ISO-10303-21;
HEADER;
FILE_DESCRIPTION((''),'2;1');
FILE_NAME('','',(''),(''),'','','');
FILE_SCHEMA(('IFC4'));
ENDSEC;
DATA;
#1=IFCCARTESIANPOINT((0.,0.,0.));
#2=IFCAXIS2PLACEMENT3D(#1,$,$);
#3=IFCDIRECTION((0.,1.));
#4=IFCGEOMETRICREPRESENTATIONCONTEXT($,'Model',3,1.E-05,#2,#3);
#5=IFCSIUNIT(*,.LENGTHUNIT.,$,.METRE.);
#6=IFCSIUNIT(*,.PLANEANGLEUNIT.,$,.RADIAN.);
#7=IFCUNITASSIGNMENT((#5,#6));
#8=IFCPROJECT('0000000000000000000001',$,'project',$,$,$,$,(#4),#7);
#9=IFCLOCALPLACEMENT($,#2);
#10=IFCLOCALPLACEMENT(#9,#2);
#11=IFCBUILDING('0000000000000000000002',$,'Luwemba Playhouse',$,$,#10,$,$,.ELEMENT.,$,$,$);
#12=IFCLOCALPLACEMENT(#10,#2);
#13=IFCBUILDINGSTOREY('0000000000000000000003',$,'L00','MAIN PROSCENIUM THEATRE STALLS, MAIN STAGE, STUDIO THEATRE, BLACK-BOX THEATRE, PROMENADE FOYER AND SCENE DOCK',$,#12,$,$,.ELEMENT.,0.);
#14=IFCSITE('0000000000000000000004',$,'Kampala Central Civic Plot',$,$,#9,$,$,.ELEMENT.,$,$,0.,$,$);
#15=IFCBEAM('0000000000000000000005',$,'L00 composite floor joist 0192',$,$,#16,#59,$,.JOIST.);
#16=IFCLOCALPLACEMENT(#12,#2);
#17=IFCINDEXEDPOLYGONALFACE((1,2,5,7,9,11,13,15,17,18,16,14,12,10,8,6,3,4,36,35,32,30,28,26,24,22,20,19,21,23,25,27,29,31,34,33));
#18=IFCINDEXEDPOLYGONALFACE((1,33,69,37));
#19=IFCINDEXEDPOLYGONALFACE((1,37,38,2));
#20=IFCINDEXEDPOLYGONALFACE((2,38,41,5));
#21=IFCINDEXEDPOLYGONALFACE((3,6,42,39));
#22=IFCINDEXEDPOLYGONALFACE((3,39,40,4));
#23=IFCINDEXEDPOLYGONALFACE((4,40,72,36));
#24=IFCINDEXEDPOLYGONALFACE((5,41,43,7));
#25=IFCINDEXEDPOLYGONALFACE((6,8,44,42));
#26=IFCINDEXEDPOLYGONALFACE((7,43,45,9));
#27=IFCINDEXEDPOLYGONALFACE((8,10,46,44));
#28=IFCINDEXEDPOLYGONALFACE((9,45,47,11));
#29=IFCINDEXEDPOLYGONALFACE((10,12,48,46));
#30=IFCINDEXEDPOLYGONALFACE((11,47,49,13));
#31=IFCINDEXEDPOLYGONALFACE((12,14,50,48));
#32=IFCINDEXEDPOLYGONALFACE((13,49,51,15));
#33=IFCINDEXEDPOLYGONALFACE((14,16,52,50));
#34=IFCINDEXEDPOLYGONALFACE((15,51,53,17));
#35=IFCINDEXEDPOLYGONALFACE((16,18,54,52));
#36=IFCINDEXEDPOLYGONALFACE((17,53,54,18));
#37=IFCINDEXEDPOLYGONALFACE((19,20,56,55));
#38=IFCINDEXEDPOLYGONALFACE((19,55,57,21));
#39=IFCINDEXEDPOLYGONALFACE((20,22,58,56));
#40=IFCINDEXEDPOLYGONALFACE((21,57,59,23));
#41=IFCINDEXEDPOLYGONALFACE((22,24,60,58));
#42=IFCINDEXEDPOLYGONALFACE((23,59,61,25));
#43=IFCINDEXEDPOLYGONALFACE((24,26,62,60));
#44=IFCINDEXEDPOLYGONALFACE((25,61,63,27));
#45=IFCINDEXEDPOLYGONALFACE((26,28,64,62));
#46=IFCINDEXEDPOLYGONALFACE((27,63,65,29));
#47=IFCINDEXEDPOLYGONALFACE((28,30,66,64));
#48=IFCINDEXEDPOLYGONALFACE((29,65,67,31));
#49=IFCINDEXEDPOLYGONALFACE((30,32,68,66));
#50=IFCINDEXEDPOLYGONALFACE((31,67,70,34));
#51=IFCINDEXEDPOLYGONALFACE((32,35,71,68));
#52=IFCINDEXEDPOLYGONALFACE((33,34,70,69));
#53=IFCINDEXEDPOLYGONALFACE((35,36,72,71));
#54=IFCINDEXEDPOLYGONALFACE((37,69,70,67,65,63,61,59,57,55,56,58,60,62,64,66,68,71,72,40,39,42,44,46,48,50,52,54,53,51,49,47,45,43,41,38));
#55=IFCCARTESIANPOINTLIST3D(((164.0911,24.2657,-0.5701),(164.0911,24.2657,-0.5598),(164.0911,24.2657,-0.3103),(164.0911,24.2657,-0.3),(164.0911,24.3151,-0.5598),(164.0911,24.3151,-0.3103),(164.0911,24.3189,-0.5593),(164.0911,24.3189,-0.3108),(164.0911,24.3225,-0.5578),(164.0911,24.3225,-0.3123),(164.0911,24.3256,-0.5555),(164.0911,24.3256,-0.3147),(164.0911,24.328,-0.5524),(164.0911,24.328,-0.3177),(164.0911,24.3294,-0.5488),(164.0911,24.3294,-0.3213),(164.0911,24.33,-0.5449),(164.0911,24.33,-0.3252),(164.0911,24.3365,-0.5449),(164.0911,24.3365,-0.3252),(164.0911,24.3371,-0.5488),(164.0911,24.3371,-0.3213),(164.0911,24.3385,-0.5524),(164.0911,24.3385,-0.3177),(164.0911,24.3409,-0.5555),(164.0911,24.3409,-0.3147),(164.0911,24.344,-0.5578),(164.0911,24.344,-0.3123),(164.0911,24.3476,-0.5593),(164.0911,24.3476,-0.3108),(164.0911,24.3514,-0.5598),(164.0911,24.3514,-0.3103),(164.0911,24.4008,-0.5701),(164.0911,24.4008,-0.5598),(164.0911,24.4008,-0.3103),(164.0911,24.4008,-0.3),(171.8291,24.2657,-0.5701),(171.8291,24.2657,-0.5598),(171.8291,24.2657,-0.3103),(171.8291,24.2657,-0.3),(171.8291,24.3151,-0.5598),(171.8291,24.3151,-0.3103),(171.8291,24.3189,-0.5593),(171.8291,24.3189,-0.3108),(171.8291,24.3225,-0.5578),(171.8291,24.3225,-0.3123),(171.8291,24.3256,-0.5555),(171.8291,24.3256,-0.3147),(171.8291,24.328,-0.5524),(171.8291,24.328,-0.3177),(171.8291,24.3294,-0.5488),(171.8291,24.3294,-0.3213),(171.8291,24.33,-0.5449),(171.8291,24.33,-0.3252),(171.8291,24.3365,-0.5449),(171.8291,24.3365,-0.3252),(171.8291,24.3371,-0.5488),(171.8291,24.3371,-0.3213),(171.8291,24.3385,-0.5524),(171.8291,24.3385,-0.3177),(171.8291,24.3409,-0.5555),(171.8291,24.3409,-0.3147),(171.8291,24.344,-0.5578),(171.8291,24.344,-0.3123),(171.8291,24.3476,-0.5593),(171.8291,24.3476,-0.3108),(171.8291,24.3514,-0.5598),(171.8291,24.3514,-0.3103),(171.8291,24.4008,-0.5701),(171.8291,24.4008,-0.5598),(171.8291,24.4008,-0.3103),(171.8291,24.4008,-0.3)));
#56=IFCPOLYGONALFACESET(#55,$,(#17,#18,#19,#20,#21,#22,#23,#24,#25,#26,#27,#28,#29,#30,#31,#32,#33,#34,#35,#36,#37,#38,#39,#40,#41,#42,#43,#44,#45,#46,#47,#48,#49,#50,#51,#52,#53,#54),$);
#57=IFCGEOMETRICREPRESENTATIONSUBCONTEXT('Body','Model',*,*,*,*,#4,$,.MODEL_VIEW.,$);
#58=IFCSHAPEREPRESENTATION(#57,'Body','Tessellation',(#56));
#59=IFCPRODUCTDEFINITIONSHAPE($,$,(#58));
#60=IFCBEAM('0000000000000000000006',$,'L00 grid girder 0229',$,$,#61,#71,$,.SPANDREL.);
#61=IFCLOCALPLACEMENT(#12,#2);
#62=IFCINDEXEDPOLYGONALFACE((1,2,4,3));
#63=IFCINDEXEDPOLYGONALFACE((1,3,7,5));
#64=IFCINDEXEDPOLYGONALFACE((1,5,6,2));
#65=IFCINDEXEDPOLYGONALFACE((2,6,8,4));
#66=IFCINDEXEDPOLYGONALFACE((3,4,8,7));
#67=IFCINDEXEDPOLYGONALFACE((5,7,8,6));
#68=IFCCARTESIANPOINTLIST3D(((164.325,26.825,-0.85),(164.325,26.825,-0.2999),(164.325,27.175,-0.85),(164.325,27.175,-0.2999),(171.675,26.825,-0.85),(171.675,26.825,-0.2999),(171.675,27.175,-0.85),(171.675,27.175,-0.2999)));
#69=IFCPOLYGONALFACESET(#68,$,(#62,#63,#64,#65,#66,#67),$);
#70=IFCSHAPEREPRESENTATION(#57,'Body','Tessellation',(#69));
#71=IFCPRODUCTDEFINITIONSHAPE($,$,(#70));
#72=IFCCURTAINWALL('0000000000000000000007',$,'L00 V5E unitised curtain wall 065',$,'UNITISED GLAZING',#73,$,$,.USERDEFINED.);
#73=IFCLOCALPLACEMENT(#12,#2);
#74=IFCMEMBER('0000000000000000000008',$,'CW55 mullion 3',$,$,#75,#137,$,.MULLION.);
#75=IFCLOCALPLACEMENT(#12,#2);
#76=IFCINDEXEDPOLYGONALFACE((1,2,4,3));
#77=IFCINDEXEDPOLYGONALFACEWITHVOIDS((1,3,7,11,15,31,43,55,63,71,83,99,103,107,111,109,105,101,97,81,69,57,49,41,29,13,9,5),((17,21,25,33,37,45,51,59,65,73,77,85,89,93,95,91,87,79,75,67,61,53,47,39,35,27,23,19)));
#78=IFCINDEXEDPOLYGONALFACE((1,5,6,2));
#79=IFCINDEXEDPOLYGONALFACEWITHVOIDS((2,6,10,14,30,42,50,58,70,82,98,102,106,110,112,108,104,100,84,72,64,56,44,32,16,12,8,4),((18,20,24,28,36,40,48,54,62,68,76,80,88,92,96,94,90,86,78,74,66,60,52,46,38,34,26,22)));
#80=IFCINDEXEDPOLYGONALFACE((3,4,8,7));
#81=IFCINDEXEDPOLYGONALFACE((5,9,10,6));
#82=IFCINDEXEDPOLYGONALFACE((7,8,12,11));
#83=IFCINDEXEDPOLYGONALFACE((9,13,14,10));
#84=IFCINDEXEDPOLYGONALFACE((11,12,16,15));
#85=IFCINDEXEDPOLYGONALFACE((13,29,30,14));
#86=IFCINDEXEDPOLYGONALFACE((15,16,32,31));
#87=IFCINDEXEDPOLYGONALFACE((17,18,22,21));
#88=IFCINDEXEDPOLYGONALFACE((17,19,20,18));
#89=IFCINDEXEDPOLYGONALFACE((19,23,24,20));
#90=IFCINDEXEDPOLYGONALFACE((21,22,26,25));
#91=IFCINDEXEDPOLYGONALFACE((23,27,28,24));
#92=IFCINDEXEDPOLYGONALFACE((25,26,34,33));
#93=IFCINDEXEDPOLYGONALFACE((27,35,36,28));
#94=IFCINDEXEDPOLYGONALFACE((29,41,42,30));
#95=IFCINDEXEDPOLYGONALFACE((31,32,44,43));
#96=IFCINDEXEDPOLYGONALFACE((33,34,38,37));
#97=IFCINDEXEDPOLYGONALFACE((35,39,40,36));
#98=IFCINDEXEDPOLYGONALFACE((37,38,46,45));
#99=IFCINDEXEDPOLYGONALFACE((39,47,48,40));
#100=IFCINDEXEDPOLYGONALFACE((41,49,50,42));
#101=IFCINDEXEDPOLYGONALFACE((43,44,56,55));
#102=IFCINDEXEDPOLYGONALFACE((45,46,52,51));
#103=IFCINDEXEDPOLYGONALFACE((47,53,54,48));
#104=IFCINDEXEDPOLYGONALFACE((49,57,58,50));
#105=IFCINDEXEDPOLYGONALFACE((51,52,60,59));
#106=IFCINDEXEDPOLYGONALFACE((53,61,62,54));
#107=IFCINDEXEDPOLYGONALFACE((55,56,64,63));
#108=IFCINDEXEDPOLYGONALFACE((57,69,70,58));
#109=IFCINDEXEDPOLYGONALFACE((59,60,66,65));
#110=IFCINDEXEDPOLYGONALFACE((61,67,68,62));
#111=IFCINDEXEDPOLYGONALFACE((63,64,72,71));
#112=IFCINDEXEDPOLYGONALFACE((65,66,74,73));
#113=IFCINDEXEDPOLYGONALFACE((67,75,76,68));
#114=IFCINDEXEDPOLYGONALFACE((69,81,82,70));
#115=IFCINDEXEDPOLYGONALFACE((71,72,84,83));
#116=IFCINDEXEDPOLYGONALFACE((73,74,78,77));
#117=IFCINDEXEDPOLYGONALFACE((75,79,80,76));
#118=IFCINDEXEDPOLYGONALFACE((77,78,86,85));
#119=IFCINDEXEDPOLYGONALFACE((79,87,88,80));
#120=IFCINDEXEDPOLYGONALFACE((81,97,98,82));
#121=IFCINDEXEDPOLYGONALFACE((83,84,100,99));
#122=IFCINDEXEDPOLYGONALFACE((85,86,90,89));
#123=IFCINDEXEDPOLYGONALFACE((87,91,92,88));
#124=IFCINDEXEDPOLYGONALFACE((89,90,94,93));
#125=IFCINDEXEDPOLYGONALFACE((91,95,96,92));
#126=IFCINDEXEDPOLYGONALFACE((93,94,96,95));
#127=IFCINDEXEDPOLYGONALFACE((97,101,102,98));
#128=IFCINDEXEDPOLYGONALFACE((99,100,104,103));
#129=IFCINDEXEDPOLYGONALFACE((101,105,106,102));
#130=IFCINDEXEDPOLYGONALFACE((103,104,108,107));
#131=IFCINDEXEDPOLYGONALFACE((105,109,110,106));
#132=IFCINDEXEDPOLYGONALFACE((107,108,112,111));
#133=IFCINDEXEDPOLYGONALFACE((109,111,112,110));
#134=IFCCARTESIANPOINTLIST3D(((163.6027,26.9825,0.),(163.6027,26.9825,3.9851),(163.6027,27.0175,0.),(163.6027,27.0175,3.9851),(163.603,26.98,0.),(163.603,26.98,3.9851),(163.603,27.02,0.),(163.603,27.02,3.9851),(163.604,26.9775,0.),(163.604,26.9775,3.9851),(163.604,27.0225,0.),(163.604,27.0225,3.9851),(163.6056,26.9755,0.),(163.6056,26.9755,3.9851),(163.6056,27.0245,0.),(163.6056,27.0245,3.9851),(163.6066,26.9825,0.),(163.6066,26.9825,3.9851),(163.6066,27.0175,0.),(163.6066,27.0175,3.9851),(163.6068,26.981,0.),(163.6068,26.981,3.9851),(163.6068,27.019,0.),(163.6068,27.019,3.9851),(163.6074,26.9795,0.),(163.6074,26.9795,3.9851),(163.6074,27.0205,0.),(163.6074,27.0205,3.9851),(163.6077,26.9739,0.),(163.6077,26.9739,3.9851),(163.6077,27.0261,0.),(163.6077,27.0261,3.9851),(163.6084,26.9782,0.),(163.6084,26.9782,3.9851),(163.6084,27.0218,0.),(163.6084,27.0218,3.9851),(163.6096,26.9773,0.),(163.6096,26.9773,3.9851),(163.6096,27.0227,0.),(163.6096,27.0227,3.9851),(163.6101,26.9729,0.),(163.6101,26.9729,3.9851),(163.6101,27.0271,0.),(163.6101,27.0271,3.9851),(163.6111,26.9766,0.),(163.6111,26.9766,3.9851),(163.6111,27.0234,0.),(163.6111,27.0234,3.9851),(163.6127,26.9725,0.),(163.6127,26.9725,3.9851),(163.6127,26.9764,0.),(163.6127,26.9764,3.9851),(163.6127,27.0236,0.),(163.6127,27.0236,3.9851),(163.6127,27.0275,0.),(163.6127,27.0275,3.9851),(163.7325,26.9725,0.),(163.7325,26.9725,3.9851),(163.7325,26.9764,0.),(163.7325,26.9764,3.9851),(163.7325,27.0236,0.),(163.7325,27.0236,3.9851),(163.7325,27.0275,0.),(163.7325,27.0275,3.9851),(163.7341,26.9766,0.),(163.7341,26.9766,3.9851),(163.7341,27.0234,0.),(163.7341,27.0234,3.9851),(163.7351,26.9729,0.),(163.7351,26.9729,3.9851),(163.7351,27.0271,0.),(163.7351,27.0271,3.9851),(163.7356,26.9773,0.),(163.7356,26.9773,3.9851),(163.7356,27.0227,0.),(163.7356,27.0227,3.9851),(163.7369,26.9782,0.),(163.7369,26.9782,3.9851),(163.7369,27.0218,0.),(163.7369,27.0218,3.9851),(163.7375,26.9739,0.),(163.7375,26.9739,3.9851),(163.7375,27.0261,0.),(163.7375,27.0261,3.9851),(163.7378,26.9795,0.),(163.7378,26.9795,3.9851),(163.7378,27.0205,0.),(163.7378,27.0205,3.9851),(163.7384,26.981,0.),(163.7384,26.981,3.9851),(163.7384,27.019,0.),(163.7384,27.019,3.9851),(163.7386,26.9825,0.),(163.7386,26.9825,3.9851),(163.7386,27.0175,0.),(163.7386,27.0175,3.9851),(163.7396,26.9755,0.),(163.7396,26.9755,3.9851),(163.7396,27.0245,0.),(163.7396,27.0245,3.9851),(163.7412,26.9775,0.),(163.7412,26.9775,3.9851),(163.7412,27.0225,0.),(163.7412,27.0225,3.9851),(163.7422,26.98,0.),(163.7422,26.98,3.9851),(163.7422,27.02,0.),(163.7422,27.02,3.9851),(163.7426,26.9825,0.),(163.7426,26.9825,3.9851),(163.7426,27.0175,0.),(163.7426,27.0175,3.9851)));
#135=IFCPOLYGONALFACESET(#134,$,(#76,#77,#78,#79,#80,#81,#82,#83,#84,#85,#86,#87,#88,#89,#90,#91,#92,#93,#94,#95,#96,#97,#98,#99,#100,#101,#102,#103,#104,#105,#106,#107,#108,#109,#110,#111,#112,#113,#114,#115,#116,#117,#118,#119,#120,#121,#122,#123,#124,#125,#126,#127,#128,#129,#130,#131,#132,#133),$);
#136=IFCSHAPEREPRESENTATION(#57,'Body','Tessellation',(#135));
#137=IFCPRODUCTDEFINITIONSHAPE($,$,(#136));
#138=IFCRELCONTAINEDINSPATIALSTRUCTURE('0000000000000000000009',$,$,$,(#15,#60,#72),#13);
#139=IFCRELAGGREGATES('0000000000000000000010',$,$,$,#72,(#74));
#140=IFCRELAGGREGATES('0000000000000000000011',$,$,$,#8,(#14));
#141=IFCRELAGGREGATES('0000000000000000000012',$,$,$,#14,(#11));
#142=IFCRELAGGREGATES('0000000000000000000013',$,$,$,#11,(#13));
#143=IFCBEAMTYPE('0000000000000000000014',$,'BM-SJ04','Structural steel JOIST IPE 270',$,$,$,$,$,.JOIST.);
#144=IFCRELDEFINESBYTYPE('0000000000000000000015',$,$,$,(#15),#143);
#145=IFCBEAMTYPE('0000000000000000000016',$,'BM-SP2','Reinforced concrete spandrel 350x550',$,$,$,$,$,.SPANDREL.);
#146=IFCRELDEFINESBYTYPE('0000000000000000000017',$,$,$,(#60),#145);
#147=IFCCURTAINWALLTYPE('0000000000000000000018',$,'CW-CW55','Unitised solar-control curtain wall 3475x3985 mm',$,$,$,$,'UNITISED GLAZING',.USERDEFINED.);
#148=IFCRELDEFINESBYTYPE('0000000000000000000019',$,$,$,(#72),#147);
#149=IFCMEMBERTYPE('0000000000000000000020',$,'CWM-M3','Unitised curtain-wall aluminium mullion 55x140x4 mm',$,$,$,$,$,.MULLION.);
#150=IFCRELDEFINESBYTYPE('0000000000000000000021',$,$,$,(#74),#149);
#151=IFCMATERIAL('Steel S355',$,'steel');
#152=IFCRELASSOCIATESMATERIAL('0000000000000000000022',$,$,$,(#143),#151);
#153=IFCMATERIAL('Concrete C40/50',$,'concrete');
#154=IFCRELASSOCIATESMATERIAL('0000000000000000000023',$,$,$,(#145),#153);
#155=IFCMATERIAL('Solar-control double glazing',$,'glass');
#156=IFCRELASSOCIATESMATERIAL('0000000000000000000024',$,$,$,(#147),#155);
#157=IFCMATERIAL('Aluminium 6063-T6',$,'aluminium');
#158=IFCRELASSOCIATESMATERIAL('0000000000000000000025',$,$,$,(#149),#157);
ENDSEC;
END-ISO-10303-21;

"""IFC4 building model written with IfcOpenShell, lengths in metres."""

from ifc_helpers import new_model, si_unit, direction, frame, origin, origin_2d, place, context, subcontext, project, spatial, rectangle, hollow_rectangle, i_section, extrude, material, material_profile, profile_set, type_object, element, aggregate, save


model = new_model("IFC4")

# Units and contexts
model_context = context("Model", 3, precision=1e-05, world=origin(), true_north=direction((0.0, 1.0)))
body_context = subcontext(model_context, "Body", "Model", "MODEL_VIEW")
ifc_project = project(units=[si_unit("LENGTHUNIT", "METRE"), si_unit("PLANEANGLEUNIT", "RADIAN")], contexts=[model_context])

# Site, building, storey
site_placement = place(None, origin())
site = spatial("IfcSite", under=ifc_project, at=site_placement, Name="Kampala Central Civic Plot", CompositionType="ELEMENT", RefElevation=0.0)
building_placement = place(site_placement, origin())
building = spatial("IfcBuilding", under=site, at=building_placement, Name="Luwemba Playhouse", CompositionType="ELEMENT")
storey_placement = place(building_placement, origin())
storey = spatial("IfcBuildingStorey", under=building, at=storey_placement, Name="L00", Description="MAIN PROSCENIUM THEATRE STALLS, MAIN STAGE, STUDIO THEATRE, BLACK-BOX THEATRE, PROMENADE FOYER AND SCENE DOCK", CompositionType="ELEMENT", Elevation=0.0)

# Shared definitions
ifc_material_1 = material(Name="Concrete C40/50", Category="concrete")

# Beams
ifc_material_2 = material(Name="Steel S355", Category="steel")
ifc_material_profile_1 = material_profile(ifc_material_2, i_section(OverallWidth=0.135, OverallDepth=0.27, WebThickness=0.0066, FlangeThickness=0.0103, FilletRadius=0.0149, at=origin_2d()))
ifc_profile_set_1 = profile_set([ifc_material_profile_1], Name="Steel S355")
beam_type_1 = type_object("IfcBeamType", Name="BM-SJ04", Description="Structural steel JOIST IPE 270", PredefinedType="JOIST", material=ifc_profile_set_1)
beam_1_placement = place(storey_placement, frame((164.0911, 24.3333, -0.4351), z_axis=(1.0, 0.0, 0.0), x_axis=(0.0, 1.0, 0.0)))
element("IfcBeam", 1, at=beam_1_placement, inside=storey, type_object=beam_type_1, Name="L00 composite floor joist 0192", PredefinedType="JOIST", context=body_context, shape_type="SweptSolid", body=[
    extrude(i_section(OverallWidth=0.135, OverallDepth=0.27, WebThickness=0.0066, FlangeThickness=0.0103, FilletRadius=0.0149, at=origin_2d()), origin(), (0.0, 0.0, 1.0), 7.738),
])
ifc_material_profile_2 = material_profile(ifc_material_1, rectangle(XDim=0.3501, YDim=0.55, at=origin_2d()))
ifc_profile_set_2 = profile_set([ifc_material_profile_2], Name="Concrete C40/50")
beam_type_2 = type_object("IfcBeamType", Name="BM-SP2", Description="Reinforced concrete spandrel 350x550", PredefinedType="SPANDREL", material=ifc_profile_set_2)
beam_2_placement = place(storey_placement, frame((164.325, 27.0, -0.575), z_axis=(1.0, 0.0, 0.0), x_axis=(0.0, 1.0, 0.0)))
element("IfcBeam", 2, at=beam_2_placement, inside=storey, type_object=beam_type_2, Name="L00 grid girder 0229", PredefinedType="SPANDREL", context=body_context, shape_type="SweptSolid", body=[
    extrude(rectangle(XDim=0.3501, YDim=0.55, at=origin_2d()), origin(), (0.0, 0.0, 1.0), 7.3501),
])

# Curtain wall, member
ifc_material_3 = material(Name="Solar-control double glazing", Category="glass")
curtain_wall_type_1 = type_object("IfcCurtainWallType", Name="CW-CW55", Description="Unitised solar-control curtain wall 3475x3985 mm", ElementType="UNITISED GLAZING", PredefinedType="USERDEFINED", material=ifc_material_3)
curtain_wall_1_placement = place(storey_placement, origin())
curtain_wall_1 = element("IfcCurtainWall", 3, at=curtain_wall_1_placement, inside=storey, type_object=curtain_wall_type_1, Name="L00 V5E unitised curtain wall 065", ObjectType="UNITISED GLAZING", PredefinedType="USERDEFINED")
ifc_material_4 = material(Name="Aluminium 6063-T6", Category="aluminium")
ifc_material_profile_3 = material_profile(ifc_material_4, hollow_rectangle(XDim=0.0549, YDim=0.1399, WallThickness=0.0039, InnerFilletRadius=0.0061, OuterFilletRadius=0.01, at=origin_2d()))
ifc_profile_set_3 = profile_set([ifc_material_profile_3], Name="Aluminium 6063-T6")
member_type_1 = type_object("IfcMemberType", Name="CWM-M3", Description="Unitised curtain-wall aluminium mullion 55x140x4 mm", PredefinedType="MULLION", material=ifc_profile_set_3)
member_1_placement = place(storey_placement, frame((163.6726, 27.0, 0.0), z_axis=(0.0, 0.0, 1.0), x_axis=(0.0, 1.0, 0.0)))
member_1 = element("IfcMember", 4, at=member_1_placement, type_object=member_type_1, Name="CW55 mullion 3", PredefinedType="MULLION", context=body_context, shape_type="SweptSolid", body=[
    extrude(hollow_rectangle(XDim=0.0549, YDim=0.1399, WallThickness=0.0039, InnerFilletRadius=0.0061, OuterFilletRadius=0.01, at=origin_2d()), origin(), (0.0, 0.0, 1.0), 3.9851),
])

aggregate(curtain_wall_1, [member_1])

save(model, "model.ifc")
